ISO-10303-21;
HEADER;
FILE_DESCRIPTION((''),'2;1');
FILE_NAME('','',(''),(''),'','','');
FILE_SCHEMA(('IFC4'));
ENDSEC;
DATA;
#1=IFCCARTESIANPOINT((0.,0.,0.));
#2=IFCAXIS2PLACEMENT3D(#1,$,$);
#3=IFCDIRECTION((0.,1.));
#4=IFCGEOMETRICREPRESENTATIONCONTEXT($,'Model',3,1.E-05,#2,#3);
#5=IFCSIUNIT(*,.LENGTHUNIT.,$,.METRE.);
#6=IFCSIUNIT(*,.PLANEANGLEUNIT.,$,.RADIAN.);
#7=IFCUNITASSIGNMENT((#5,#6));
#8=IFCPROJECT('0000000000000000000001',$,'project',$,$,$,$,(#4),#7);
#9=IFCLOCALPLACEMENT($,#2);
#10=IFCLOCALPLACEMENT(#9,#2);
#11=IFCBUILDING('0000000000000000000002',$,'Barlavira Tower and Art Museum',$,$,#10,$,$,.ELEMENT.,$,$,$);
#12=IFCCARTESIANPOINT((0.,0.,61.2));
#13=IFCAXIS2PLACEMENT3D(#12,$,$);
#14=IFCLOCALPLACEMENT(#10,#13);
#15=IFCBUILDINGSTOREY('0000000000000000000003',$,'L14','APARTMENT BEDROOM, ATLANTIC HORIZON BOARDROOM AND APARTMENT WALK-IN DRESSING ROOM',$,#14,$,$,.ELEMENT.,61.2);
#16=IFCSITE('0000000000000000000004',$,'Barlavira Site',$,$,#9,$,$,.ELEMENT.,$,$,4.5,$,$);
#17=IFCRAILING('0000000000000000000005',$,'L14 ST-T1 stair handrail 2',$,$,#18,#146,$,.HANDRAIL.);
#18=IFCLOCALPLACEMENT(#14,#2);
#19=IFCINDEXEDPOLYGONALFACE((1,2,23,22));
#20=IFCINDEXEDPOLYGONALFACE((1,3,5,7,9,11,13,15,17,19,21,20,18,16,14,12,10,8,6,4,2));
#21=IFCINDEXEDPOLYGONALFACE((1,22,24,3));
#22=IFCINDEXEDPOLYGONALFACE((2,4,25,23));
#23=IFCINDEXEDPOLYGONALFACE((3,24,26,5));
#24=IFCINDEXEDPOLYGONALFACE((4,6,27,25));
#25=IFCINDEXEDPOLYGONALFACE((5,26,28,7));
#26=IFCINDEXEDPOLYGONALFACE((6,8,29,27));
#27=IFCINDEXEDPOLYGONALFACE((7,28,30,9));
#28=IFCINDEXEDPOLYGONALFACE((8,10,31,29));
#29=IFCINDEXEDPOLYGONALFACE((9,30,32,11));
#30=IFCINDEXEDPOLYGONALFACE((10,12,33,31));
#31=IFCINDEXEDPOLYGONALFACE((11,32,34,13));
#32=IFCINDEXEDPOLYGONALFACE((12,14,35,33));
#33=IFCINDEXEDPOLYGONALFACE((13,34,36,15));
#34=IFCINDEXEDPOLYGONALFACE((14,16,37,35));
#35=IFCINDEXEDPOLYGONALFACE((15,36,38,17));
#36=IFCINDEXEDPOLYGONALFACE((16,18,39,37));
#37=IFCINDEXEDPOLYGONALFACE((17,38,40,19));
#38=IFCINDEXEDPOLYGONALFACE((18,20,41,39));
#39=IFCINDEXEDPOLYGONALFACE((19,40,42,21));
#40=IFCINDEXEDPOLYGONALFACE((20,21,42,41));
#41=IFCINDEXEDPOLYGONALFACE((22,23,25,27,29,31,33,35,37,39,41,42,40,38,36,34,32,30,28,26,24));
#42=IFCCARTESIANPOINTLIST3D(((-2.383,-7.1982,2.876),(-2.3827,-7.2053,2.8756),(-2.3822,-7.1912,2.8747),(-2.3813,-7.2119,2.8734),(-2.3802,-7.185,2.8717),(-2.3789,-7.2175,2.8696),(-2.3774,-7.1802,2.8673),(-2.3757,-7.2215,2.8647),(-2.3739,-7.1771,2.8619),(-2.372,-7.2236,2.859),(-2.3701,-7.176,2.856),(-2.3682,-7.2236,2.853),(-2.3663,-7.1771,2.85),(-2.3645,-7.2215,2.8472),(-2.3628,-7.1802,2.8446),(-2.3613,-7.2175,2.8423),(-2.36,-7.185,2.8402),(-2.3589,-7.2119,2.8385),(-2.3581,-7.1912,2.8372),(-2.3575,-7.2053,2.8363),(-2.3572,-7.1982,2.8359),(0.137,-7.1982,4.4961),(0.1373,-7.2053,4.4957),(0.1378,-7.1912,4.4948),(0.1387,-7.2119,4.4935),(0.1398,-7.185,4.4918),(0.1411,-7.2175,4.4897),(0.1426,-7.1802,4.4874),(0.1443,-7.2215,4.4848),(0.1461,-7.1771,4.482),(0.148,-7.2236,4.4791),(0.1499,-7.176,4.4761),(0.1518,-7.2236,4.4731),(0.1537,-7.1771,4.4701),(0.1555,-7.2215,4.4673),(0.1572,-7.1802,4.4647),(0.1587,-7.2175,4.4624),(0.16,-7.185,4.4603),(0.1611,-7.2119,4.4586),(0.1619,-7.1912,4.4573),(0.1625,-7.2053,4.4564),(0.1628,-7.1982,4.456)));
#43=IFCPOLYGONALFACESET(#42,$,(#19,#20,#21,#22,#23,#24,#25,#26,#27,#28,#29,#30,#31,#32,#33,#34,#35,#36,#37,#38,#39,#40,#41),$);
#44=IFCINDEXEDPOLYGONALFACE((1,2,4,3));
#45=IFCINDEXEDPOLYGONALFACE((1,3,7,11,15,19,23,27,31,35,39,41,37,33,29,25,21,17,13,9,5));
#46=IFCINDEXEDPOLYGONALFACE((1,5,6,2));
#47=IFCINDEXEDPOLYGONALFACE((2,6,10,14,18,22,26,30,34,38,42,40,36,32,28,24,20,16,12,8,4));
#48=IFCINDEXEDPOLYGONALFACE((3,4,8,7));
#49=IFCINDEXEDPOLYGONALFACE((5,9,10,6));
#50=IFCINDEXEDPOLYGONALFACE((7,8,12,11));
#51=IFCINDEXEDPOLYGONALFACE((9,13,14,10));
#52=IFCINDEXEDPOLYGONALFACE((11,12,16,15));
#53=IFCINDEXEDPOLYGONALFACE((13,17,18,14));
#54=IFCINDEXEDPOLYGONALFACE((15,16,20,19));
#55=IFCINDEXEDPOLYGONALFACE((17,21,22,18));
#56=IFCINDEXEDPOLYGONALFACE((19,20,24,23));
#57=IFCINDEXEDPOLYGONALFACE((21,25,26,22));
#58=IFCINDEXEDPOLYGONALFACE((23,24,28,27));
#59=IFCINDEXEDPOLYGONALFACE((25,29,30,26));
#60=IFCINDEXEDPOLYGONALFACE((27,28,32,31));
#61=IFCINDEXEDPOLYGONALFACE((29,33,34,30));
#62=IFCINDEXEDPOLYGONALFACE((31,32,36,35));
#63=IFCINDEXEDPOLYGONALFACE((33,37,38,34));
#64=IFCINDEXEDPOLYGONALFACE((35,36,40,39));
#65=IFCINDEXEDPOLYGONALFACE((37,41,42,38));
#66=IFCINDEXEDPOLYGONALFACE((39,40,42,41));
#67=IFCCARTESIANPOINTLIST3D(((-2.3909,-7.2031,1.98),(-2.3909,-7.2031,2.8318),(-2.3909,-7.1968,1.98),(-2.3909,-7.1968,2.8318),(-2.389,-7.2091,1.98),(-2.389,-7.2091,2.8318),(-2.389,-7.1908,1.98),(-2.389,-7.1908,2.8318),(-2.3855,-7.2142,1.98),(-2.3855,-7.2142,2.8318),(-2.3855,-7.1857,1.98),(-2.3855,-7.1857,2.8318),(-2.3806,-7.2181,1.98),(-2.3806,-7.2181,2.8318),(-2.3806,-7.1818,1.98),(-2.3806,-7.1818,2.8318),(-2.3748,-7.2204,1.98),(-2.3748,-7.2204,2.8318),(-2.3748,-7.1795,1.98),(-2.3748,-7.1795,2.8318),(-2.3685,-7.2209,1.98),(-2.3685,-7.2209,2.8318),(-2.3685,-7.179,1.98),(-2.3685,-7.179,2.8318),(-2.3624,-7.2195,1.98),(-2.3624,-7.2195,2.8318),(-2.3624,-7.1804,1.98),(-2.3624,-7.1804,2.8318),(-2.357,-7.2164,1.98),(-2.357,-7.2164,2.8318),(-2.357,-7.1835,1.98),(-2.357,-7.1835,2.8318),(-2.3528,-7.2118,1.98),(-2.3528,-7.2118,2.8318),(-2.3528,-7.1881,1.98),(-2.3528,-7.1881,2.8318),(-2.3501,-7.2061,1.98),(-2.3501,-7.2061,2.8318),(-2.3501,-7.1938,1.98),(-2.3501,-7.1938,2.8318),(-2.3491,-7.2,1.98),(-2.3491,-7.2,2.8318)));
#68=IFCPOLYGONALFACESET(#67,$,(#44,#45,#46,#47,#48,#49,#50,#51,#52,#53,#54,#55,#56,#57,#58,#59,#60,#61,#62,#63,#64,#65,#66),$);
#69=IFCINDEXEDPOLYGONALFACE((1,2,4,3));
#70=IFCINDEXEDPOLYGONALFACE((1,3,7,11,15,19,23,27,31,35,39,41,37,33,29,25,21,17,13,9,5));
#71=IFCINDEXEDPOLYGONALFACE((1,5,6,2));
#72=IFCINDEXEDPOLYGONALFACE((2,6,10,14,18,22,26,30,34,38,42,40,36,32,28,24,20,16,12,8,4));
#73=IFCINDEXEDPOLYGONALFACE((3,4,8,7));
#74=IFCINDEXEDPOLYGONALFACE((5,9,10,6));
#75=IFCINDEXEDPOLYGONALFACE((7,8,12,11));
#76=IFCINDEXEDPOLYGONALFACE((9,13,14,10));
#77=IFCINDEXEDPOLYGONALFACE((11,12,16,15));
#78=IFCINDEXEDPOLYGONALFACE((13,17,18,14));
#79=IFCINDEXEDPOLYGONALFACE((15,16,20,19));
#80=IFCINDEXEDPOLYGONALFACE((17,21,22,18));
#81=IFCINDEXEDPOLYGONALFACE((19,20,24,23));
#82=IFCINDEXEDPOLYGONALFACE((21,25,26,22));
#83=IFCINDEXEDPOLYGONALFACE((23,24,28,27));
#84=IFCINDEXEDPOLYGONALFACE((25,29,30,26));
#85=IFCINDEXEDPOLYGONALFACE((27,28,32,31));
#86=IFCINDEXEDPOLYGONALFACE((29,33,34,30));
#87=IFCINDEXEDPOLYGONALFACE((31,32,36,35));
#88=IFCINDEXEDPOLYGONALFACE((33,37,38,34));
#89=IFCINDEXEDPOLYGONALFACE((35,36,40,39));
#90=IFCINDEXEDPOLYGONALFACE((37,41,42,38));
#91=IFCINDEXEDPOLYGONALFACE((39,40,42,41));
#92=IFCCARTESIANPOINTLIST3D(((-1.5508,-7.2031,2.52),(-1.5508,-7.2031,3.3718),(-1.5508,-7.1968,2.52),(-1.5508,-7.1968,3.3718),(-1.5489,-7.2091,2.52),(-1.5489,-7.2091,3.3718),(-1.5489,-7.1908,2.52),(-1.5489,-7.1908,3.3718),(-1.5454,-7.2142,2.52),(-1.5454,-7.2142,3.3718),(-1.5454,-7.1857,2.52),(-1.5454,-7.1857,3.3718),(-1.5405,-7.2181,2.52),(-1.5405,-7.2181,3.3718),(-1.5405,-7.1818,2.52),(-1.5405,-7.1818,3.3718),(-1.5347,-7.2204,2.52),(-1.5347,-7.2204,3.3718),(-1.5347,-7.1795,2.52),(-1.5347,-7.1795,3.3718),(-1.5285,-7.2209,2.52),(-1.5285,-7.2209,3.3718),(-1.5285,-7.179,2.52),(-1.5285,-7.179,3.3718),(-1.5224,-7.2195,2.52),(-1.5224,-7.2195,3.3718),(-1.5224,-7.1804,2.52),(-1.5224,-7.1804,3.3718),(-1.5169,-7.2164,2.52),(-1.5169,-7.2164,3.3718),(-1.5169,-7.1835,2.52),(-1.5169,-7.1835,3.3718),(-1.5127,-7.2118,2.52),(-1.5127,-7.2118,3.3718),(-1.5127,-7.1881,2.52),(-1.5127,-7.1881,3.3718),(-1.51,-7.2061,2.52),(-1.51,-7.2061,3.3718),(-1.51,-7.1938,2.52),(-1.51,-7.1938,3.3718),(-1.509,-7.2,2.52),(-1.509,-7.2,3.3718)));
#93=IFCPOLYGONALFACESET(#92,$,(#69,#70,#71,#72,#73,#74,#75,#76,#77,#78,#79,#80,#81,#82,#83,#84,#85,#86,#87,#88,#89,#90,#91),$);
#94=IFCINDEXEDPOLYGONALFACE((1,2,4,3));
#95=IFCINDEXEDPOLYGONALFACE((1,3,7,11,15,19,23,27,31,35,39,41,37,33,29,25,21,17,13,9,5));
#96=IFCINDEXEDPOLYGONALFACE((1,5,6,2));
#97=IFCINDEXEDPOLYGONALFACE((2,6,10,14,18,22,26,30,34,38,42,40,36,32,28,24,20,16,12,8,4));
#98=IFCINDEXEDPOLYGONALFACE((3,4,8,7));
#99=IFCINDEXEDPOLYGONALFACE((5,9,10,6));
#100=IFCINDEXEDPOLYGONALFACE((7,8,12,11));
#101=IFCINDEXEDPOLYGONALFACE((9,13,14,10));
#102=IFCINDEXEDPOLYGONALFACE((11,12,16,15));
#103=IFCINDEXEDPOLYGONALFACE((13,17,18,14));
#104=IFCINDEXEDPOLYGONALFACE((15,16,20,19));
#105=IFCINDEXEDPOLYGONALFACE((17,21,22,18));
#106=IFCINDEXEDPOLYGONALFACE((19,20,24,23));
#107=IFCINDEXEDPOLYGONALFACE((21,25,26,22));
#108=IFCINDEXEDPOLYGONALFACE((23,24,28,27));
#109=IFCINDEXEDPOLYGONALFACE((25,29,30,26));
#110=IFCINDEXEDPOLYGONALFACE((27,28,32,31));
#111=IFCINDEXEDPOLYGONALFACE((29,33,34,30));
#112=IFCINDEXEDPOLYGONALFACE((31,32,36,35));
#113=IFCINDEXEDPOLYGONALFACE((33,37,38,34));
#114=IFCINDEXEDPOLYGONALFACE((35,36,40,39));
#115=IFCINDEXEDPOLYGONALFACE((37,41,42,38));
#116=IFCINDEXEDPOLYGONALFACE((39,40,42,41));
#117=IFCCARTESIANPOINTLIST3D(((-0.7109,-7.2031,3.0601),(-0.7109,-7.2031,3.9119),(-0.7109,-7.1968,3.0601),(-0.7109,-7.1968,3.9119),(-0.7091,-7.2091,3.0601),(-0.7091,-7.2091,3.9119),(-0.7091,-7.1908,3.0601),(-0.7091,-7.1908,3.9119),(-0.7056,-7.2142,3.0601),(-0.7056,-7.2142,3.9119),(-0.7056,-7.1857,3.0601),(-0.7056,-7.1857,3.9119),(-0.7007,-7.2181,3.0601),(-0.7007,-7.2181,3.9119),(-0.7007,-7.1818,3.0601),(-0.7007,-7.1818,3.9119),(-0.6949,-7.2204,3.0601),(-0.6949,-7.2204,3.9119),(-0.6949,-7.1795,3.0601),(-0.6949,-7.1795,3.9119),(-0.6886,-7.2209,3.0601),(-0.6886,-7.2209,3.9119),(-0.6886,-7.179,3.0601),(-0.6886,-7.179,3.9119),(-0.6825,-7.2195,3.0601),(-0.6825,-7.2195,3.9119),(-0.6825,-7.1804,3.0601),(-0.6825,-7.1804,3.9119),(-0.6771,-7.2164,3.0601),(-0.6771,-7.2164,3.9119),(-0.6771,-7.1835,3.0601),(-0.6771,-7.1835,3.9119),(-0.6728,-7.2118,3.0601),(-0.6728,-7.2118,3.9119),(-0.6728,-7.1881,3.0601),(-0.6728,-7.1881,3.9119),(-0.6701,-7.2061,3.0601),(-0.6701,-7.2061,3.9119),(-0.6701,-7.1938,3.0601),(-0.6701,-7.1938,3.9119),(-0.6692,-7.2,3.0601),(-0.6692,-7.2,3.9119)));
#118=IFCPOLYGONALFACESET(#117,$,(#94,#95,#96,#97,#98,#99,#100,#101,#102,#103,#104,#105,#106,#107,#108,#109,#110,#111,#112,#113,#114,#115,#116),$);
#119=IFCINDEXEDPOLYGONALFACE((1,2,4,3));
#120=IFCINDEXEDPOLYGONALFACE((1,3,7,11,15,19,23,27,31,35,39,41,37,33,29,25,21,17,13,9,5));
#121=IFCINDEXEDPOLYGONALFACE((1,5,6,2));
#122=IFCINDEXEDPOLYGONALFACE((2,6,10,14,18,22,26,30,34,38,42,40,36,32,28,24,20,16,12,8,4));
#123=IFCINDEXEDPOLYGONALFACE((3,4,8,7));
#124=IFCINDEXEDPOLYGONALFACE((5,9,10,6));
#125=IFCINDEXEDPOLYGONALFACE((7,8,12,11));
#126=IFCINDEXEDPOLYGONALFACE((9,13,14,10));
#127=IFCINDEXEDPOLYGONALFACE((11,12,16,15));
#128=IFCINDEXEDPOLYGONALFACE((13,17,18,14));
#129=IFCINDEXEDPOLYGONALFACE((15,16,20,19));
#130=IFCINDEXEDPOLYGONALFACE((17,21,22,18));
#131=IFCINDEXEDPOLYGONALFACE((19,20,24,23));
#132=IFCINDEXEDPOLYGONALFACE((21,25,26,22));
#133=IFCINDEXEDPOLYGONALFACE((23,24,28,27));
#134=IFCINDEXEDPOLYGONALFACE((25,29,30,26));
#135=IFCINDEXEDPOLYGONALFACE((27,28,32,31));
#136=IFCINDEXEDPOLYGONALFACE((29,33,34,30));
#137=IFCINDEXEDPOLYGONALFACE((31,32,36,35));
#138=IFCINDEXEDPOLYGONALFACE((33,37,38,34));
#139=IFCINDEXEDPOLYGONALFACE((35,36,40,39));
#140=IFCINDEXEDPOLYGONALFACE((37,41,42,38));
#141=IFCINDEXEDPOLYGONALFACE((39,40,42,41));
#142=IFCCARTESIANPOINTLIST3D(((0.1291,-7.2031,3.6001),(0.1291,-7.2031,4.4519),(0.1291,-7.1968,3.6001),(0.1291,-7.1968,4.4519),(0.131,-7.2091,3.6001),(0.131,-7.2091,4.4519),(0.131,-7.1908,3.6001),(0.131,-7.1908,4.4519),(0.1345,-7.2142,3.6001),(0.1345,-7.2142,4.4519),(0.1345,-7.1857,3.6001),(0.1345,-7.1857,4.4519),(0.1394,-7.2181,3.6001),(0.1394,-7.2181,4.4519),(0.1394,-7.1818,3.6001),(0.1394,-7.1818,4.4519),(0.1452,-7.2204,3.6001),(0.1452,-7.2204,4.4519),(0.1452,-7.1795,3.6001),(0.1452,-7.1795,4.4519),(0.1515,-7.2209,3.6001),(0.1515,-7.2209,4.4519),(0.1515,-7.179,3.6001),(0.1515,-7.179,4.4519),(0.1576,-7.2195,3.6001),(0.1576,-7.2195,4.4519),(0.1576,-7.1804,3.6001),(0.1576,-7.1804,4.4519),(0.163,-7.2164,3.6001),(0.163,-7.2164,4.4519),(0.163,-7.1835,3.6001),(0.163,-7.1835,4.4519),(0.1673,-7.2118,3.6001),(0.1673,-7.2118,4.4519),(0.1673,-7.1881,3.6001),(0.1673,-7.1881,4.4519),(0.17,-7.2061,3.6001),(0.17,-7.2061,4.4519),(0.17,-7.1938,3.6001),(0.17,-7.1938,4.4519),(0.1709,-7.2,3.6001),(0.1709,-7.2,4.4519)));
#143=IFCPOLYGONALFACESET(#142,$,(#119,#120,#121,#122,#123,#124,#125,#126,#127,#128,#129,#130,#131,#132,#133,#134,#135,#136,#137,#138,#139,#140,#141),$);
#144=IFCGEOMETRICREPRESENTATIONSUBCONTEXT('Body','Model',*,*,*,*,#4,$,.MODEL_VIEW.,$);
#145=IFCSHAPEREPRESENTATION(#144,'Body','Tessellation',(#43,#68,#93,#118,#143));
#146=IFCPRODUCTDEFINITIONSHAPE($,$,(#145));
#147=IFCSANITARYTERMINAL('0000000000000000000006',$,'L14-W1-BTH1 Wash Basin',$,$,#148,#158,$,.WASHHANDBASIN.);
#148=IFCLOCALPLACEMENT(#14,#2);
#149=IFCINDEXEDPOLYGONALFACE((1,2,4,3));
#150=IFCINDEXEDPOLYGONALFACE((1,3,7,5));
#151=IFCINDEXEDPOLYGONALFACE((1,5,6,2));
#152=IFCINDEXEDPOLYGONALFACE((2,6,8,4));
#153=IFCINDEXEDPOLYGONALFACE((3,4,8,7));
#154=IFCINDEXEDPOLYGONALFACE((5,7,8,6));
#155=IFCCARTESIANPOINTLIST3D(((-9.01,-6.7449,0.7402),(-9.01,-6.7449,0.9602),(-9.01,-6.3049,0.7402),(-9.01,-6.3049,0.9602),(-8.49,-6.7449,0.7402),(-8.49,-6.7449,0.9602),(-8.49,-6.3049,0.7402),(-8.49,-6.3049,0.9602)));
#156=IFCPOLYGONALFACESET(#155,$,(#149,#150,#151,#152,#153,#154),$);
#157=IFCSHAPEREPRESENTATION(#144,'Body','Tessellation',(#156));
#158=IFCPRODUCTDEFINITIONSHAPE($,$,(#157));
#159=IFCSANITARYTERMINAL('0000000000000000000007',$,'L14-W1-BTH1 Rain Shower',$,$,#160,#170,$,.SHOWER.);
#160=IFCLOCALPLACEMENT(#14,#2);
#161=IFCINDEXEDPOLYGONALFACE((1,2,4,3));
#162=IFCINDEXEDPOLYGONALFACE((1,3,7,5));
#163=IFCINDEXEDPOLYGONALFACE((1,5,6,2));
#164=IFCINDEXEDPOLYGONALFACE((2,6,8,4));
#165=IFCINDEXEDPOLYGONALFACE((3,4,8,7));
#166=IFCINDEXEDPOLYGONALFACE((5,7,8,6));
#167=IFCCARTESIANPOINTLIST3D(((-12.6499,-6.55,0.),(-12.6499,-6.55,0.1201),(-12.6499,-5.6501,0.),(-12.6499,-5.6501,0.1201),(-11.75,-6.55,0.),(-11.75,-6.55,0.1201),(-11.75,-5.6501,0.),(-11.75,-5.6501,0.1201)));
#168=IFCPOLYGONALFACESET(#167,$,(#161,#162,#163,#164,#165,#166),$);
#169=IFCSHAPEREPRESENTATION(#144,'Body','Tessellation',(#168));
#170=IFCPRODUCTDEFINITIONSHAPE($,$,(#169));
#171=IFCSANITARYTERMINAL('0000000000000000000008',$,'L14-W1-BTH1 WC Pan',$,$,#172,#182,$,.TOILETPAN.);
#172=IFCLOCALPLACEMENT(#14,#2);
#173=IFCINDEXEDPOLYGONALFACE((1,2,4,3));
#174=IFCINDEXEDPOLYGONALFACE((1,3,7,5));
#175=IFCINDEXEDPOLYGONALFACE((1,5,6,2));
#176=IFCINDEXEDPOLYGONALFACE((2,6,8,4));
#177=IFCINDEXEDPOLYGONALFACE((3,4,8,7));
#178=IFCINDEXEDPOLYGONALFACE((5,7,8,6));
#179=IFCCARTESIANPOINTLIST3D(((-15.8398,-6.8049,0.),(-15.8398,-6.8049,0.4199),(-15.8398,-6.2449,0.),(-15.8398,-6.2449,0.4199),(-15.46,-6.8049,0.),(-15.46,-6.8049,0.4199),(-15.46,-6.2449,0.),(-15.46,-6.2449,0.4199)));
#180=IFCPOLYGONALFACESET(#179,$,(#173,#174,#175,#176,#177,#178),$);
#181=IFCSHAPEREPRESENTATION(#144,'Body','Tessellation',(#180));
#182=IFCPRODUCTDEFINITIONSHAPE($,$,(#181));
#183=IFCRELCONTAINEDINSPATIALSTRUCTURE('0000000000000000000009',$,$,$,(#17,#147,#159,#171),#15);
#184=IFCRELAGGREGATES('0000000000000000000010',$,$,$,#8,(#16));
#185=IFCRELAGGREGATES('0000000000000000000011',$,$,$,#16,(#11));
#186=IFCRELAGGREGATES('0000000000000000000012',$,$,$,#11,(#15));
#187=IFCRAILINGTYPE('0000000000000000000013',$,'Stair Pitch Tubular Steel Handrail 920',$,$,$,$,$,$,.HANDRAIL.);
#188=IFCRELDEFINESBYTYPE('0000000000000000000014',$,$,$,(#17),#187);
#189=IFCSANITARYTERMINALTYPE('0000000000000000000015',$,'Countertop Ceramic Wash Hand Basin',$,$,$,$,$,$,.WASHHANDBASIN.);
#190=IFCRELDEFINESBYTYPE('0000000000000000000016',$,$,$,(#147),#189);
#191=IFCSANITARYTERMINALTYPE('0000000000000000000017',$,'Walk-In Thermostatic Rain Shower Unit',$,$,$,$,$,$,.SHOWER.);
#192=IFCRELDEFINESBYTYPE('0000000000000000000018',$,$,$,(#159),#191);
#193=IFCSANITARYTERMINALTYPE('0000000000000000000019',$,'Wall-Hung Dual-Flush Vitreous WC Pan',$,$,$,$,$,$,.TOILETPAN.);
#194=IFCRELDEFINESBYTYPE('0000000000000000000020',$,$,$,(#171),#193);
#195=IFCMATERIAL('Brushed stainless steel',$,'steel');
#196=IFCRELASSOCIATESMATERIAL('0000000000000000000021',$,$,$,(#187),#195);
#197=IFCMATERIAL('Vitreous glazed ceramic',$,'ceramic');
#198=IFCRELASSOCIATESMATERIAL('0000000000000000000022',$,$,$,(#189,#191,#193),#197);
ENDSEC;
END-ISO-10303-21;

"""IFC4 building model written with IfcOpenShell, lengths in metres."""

from ifc_helpers import new_model, si_unit, direction, frame, origin, origin_2d, place, context, subcontext, project, spatial, rectangle, circle, extrude, material, type_object, element, save


model = new_model("IFC4")

# Units and contexts
model_context = context("Model", 3, precision=1e-05, world=origin(), true_north=direction((0.0, 1.0)))
body_context = subcontext(model_context, "Body", "Model", "MODEL_VIEW")
ifc_project = project(units=[si_unit("LENGTHUNIT", "METRE"), si_unit("PLANEANGLEUNIT", "RADIAN")], contexts=[model_context])

# Site, building, storey
site_placement = place(None, origin())
site = spatial("IfcSite", under=ifc_project, at=site_placement, Name="Barlavira Site", CompositionType="ELEMENT", RefElevation=4.5)
building_placement = place(site_placement, origin())
building = spatial("IfcBuilding", under=site, at=building_placement, Name="Barlavira Tower and Art Museum", CompositionType="ELEMENT")
storey_placement = place(building_placement, frame((0.0, 0.0, 61.2)))
storey = spatial("IfcBuildingStorey", under=building, at=storey_placement, Name="L14", Description="APARTMENT BEDROOM, ATLANTIC HORIZON BOARDROOM AND APARTMENT WALK-IN DRESSING ROOM", CompositionType="ELEMENT", Elevation=61.2)

# Shared definitions
ifc_material_1 = material(Name="Brushed stainless steel", Category="steel")

# Railing
railing_type_1 = type_object("IfcRailingType", Name="Stair Pitch Tubular Steel Handrail 920", PredefinedType="HANDRAIL", material=ifc_material_1)
railing_1_placement = place(storey_placement, frame((-2.3701, -7.2, 1.98)))
element("IfcRailing", 1, at=railing_1_placement, inside=storey, type_object=railing_type_1, Name="L14 ST-T1 stair handrail 2", PredefinedType="HANDRAIL", context=body_context, shape_type="SweptSolid", body=[
    extrude(circle(Radius=0.0239, at=origin_2d()), frame((0.0, 0.0, 0.876), z_axis=(0.841163, 0.0, 0.540782), x_axis=(0.0, 1.0, 0.0)), (0.0, 0.0, 1.0), 2.9958),
    extrude(circle(Radius=0.021, at=origin_2d()), origin(), (0.0, 0.0, 1.0), 0.8518),
    extrude(circle(Radius=0.021, at=origin_2d()), frame((0.8401, 0.0, 0.54)), (0.0, 0.0, 1.0), 0.8518),
    extrude(circle(Radius=0.021, at=origin_2d()), frame((1.6799, 0.0, 1.0801)), (0.0, 0.0, 1.0), 0.8518),
    extrude(circle(Radius=0.021, at=origin_2d()), frame((2.52, 0.0, 1.6201)), (0.0, 0.0, 1.0), 0.8518),
])

# Sanitary terminals
ifc_material_2 = material(Name="Vitreous glazed ceramic", Category="ceramic")
sanitary_terminal_type_1 = type_object("IfcSanitaryTerminalType", Name="Countertop Ceramic Wash Hand Basin", PredefinedType="WASHHANDBASIN", material=ifc_material_2)
sanitary_terminal_1_placement = place(storey_placement, frame((-8.75, -6.5249, 0.7402), z_axis=(0.0, 0.0, 1.0), x_axis=(1.0, 0.0, 0.0)))
element("IfcSanitaryTerminal", 2, at=sanitary_terminal_1_placement, inside=storey, type_object=sanitary_terminal_type_1, Name="L14-W1-BTH1 Wash Basin", PredefinedType="WASHHANDBASIN", context=body_context, shape_type="SweptSolid", body=[
    extrude(rectangle(XDim=0.52, YDim=0.4399, at=origin_2d()), origin(), (0.0, 0.0, 1.0), 0.22),
])
sanitary_terminal_type_2 = type_object("IfcSanitaryTerminalType", Name="Walk-In Thermostatic Rain Shower Unit", PredefinedType="SHOWER", material=ifc_material_2)
sanitary_terminal_2_placement = place(storey_placement, frame((-12.2, -6.1001, 0.0), z_axis=(0.0, 0.0, 1.0), x_axis=(1.0, 0.0, 0.0)))
element("IfcSanitaryTerminal", 3, at=sanitary_terminal_2_placement, inside=storey, type_object=sanitary_terminal_type_2, Name="L14-W1-BTH1 Rain Shower", PredefinedType="SHOWER", context=body_context, shape_type="SweptSolid", body=[
    extrude(rectangle(XDim=0.8999, YDim=0.8999, at=origin_2d()), origin(), (0.0, 0.0, 1.0), 0.1201),
])
sanitary_terminal_type_3 = type_object("IfcSanitaryTerminalType", Name="Wall-Hung Dual-Flush Vitreous WC Pan", PredefinedType="TOILETPAN", material=ifc_material_2)
sanitary_terminal_3_placement = place(storey_placement, frame((-15.6499, -6.5249, 0.0), z_axis=(0.0, 0.0, 1.0), x_axis=(1.0, 0.0, 0.0)))
element("IfcSanitaryTerminal", 4, at=sanitary_terminal_3_placement, inside=storey, type_object=sanitary_terminal_type_3, Name="L14-W1-BTH1 WC Pan", PredefinedType="TOILETPAN", context=body_context, shape_type="SweptSolid", body=[
    extrude(rectangle(XDim=0.3799, YDim=0.5601, at=origin_2d()), origin(), (0.0, 0.0, 1.0), 0.4199),
])

save(model, "model.ifc")
